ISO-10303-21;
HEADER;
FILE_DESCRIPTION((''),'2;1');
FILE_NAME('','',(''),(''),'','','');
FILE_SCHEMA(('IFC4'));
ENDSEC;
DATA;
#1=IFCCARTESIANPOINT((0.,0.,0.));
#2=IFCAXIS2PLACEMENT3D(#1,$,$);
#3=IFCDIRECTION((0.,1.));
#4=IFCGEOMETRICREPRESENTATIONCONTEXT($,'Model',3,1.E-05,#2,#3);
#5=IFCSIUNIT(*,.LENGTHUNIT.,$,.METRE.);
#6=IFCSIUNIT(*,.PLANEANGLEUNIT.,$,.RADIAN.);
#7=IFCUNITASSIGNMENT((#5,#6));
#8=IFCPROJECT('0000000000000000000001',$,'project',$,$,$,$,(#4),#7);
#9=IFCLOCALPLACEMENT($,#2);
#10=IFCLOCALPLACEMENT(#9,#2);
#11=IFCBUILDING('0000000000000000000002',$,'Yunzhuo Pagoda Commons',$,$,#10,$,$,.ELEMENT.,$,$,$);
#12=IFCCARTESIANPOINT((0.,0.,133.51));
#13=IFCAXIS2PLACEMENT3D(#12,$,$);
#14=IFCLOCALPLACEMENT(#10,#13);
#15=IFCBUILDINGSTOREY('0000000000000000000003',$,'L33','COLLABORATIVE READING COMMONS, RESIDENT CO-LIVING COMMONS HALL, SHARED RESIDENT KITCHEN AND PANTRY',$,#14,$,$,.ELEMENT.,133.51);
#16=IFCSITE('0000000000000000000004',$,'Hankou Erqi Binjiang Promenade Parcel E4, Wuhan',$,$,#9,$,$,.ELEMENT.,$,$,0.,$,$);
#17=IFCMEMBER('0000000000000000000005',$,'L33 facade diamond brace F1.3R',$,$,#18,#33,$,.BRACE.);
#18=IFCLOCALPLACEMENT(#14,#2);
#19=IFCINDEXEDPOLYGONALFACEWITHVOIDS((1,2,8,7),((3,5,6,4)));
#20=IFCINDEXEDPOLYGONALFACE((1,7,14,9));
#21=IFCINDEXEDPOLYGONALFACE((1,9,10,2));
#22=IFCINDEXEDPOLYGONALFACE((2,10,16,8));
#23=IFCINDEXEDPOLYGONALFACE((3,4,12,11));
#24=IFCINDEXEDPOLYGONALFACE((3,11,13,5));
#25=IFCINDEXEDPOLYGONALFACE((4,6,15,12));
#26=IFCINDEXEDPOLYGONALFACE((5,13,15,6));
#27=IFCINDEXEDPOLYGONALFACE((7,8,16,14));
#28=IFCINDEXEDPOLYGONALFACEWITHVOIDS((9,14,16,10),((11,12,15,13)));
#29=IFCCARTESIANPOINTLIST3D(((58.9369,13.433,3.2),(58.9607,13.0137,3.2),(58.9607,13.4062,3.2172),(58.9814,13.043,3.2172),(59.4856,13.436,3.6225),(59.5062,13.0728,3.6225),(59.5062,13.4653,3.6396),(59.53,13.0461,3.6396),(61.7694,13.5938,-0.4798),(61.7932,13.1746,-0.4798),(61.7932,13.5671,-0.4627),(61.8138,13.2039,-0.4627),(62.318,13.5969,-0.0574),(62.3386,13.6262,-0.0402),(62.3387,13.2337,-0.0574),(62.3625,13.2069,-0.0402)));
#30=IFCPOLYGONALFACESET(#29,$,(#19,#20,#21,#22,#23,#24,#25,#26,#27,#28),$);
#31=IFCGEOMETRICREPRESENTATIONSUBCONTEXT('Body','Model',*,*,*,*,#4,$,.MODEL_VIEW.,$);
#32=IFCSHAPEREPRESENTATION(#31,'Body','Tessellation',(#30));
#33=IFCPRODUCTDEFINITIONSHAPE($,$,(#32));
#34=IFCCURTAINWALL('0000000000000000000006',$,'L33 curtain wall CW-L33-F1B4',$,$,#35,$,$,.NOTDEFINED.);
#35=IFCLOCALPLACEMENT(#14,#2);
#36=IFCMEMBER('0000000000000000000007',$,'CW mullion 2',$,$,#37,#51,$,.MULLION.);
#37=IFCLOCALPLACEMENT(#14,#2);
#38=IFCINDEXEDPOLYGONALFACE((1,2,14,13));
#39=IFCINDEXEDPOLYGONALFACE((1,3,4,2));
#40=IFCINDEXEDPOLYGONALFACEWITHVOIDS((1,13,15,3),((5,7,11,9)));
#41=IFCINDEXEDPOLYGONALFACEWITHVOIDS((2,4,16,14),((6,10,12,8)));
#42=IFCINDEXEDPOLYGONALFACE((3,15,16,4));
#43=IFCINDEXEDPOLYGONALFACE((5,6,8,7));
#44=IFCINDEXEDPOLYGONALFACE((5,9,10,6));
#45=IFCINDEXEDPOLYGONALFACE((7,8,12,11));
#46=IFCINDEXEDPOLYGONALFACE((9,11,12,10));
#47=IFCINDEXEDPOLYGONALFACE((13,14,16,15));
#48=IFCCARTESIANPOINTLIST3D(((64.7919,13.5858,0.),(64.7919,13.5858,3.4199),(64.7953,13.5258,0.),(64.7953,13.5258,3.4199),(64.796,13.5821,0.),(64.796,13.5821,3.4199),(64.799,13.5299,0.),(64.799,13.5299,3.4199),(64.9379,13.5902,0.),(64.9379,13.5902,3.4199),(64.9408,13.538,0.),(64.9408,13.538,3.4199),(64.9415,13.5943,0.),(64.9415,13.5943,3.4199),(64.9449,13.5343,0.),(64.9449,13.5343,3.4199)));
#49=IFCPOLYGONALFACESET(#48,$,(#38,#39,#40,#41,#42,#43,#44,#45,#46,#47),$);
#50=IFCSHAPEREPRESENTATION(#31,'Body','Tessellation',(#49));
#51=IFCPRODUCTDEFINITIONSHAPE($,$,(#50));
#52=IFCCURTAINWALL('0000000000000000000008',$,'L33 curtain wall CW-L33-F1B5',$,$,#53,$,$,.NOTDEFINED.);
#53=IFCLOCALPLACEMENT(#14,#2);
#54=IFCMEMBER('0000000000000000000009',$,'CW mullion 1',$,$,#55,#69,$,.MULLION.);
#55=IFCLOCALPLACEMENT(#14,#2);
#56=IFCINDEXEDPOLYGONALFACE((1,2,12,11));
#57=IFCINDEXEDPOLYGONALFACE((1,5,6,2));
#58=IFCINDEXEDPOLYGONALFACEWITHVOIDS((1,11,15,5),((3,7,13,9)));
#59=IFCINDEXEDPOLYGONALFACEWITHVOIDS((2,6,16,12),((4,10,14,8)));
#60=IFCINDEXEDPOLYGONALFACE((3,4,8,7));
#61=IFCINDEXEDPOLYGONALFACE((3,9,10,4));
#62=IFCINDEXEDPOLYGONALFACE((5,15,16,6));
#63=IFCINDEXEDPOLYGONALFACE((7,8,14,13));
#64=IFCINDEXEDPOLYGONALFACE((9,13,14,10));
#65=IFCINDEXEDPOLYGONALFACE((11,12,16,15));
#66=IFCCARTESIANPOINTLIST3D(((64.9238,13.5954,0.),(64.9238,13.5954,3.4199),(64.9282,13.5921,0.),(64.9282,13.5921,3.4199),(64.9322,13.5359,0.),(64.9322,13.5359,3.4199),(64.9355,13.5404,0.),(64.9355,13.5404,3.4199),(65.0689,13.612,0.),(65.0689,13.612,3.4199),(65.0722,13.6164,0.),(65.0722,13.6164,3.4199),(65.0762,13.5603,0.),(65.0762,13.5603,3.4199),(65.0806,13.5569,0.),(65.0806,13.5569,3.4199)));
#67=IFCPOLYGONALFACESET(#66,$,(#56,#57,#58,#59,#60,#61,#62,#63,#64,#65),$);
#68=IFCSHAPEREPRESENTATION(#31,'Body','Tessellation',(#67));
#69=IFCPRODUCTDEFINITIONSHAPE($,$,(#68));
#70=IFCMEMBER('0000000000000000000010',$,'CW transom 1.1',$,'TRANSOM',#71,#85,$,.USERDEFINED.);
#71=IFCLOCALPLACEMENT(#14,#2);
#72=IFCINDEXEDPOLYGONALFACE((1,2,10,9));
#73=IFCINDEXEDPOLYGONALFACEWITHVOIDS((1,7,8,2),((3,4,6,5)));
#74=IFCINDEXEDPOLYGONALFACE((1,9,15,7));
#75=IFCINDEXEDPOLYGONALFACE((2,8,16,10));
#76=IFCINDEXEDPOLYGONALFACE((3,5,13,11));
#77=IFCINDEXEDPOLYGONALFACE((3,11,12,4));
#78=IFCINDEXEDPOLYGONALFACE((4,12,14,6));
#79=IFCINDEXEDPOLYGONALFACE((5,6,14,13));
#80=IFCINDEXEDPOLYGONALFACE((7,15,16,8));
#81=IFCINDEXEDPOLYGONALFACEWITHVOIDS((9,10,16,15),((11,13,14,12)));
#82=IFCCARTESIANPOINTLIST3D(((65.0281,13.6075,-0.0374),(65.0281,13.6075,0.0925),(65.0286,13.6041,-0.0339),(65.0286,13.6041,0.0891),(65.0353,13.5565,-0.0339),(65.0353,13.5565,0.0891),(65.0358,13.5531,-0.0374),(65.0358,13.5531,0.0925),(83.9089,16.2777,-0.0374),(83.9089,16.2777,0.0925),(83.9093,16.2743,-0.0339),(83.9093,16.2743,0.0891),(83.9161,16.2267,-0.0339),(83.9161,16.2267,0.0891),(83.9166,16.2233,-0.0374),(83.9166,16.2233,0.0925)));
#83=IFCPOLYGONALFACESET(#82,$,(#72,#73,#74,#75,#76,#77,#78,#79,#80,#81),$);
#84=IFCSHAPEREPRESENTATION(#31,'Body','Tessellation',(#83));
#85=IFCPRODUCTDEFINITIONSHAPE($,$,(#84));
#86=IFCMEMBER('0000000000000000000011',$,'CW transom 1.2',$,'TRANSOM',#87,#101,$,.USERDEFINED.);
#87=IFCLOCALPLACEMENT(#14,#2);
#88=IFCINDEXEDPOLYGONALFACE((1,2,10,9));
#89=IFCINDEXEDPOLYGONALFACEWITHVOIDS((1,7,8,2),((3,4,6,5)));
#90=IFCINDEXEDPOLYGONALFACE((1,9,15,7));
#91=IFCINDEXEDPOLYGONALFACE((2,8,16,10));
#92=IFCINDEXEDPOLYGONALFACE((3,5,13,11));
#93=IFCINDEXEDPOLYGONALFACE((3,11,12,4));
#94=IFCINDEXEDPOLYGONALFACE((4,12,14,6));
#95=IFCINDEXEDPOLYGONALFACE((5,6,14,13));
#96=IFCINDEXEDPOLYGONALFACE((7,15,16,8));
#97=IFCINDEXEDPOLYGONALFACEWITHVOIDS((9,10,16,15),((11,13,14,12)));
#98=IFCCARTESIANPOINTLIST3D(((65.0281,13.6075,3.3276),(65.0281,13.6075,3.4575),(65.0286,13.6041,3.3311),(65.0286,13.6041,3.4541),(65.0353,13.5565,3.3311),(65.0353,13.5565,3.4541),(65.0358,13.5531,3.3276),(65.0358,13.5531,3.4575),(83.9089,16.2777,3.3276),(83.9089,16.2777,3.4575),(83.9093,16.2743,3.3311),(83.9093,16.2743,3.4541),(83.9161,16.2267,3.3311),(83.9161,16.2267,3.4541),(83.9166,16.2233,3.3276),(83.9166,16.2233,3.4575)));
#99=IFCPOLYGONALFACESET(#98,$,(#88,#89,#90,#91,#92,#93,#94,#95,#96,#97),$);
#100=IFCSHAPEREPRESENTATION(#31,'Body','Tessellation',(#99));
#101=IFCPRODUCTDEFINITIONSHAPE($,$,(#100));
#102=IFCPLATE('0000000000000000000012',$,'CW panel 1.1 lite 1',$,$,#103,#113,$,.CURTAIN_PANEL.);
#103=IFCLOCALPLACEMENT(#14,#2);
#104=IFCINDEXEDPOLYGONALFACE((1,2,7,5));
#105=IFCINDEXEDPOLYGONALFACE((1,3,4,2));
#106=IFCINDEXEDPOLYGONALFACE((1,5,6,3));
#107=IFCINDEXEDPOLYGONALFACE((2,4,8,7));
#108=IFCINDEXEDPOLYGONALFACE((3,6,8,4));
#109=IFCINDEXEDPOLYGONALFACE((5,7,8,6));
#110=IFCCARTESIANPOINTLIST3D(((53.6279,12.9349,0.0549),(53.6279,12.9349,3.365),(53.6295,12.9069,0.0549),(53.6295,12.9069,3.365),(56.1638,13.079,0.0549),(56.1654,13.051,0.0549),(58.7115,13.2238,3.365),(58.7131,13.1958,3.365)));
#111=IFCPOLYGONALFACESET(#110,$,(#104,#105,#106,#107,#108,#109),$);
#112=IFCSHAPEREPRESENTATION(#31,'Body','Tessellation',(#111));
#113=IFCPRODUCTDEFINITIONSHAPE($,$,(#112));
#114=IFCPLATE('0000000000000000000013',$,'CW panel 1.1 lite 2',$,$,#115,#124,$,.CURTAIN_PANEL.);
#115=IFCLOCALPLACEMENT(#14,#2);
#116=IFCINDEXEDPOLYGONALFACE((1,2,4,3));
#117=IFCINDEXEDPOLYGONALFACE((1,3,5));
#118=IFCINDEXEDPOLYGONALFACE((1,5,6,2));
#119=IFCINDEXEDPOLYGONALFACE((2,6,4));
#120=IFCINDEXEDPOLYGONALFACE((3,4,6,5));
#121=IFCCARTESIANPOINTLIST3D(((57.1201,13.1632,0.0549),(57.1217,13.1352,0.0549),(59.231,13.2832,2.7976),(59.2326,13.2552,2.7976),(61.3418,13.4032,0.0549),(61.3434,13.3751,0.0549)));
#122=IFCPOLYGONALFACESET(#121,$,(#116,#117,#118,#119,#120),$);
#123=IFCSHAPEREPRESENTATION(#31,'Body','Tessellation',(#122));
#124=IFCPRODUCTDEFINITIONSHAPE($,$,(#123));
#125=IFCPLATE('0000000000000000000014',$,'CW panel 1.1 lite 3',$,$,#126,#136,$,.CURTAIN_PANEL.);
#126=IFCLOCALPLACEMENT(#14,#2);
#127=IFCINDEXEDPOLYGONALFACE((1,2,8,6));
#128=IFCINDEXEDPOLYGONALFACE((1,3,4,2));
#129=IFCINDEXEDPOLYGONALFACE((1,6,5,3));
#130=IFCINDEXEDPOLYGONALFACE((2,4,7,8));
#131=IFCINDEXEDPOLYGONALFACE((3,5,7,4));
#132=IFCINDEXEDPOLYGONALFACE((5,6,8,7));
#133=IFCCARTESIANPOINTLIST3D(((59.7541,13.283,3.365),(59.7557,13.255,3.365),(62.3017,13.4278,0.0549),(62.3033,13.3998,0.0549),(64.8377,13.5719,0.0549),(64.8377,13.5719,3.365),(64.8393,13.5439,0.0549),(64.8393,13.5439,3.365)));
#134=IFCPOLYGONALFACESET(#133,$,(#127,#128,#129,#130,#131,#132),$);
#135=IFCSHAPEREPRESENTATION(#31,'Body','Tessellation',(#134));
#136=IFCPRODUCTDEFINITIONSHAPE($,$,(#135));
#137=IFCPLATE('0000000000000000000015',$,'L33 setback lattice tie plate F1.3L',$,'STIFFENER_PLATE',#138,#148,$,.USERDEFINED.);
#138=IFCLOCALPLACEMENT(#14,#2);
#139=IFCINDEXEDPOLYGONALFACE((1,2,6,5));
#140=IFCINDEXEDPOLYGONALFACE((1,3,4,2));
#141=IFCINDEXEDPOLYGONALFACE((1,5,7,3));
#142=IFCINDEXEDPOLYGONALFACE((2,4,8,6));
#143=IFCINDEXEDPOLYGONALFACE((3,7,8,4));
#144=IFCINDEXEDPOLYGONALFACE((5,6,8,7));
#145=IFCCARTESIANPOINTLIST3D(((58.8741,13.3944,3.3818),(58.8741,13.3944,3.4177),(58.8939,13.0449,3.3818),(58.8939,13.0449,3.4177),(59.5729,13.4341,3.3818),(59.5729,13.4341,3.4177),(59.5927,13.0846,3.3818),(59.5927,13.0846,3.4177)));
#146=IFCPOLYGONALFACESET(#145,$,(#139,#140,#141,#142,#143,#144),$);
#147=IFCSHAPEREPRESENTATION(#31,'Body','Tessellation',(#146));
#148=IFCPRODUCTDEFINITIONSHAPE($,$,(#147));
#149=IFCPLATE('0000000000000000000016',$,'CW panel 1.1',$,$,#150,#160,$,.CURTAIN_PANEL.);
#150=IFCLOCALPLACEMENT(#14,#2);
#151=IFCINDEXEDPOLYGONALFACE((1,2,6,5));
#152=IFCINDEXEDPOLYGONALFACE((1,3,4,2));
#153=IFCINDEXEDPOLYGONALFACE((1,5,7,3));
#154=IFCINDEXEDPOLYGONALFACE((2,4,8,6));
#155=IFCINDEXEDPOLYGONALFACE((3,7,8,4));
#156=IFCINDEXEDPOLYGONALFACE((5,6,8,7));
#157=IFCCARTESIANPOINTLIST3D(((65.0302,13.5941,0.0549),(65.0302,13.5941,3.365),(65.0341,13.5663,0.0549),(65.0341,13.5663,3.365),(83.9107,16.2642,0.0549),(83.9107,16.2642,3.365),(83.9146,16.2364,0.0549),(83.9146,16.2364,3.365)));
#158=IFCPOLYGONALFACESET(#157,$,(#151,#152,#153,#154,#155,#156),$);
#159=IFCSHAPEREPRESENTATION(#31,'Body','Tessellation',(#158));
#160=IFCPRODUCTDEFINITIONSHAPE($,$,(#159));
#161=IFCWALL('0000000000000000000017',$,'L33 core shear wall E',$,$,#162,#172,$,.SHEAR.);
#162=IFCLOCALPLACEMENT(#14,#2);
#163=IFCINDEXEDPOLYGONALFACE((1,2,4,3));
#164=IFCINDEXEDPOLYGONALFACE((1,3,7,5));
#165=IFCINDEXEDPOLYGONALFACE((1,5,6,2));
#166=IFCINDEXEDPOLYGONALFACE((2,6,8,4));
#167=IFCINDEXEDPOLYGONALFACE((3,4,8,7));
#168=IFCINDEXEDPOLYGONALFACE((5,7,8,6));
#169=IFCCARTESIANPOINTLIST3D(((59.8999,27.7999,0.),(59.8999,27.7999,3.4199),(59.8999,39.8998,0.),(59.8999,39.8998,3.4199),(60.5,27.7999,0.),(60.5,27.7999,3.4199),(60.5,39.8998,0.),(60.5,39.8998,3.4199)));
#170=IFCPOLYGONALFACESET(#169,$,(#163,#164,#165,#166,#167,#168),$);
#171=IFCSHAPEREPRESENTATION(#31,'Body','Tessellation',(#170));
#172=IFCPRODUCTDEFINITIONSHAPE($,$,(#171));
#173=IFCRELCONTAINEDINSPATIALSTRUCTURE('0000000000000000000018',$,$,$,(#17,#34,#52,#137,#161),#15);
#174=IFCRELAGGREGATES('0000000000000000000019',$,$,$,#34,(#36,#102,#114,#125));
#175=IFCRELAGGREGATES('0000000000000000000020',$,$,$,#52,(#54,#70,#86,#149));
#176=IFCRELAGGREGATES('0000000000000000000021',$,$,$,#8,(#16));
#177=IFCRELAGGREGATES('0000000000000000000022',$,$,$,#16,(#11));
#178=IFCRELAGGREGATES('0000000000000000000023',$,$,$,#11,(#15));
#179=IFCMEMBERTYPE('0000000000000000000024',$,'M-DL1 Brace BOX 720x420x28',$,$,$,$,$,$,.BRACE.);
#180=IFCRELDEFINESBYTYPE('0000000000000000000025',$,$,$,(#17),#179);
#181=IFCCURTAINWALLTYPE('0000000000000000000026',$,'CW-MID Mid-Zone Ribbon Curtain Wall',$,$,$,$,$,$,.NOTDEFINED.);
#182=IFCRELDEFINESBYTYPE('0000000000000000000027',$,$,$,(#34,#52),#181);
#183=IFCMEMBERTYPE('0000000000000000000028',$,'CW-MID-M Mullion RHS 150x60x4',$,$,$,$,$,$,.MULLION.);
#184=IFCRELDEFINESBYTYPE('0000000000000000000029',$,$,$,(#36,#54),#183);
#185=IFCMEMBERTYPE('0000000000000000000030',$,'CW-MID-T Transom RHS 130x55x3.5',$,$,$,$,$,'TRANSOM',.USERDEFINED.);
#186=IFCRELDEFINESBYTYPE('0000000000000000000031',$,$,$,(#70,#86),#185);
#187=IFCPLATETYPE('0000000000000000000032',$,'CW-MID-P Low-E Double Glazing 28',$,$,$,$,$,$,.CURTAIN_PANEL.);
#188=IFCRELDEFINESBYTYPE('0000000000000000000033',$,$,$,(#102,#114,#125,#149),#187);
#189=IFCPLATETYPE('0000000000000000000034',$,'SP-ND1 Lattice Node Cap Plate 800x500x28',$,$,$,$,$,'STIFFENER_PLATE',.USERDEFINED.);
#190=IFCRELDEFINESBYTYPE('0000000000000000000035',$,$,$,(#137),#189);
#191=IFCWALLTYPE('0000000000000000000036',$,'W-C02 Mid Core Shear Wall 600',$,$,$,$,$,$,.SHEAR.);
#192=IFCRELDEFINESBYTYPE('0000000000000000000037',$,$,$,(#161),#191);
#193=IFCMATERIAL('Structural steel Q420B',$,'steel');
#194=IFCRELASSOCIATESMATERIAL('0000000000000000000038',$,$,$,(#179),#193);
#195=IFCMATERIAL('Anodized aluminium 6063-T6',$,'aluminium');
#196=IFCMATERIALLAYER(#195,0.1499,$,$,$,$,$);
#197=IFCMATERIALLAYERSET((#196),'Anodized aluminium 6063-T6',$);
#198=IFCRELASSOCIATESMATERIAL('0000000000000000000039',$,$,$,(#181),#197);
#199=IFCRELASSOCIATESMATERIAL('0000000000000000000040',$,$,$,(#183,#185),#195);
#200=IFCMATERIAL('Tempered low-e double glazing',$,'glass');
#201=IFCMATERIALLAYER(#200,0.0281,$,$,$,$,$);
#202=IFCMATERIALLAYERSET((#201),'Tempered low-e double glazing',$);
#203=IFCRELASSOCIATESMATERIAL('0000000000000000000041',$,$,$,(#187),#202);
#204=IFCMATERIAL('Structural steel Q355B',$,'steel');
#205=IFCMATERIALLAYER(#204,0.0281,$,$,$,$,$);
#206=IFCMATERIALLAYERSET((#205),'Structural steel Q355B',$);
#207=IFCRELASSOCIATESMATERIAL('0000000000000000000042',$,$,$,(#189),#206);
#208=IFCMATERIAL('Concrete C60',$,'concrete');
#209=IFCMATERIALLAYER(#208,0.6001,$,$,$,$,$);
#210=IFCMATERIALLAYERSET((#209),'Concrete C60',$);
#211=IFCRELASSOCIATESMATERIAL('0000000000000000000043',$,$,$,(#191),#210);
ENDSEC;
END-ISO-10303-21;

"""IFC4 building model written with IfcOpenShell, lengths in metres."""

from ifc_helpers import new_model, si_unit, direction, frame, frame_2d, origin, origin_2d, place, context, subcontext, project, spatial, polyline, rectangle, hollow_rectangle, outline, extrude, source, transform, mapped, material, layer, layer_set, material_profile, profile_set, type_object, element, aggregate, save


model = new_model("IFC4")

# Units and contexts
model_context = context("Model", 3, precision=1e-05, world=origin(), true_north=direction((0.0, 1.0)))
body_context = subcontext(model_context, "Body", "Model", "MODEL_VIEW")
ifc_project = project(units=[si_unit("LENGTHUNIT", "METRE"), si_unit("PLANEANGLEUNIT", "RADIAN")], contexts=[model_context])

# Site, building, storey
site_placement = place(None, origin())
site = spatial("IfcSite", under=ifc_project, at=site_placement, Name="Hankou Erqi Binjiang Promenade Parcel E4, Wuhan", CompositionType="ELEMENT", RefElevation=0.0)
building_placement = place(site_placement, origin())
building = spatial("IfcBuilding", under=site, at=building_placement, Name="Yunzhuo Pagoda Commons", CompositionType="ELEMENT")
storey_placement = place(building_placement, frame((0.0, 0.0, 133.51)))
storey = spatial("IfcBuildingStorey", under=building, at=storey_placement, Name="L33", Description="COLLABORATIVE READING COMMONS, RESIDENT CO-LIVING COMMONS HALL, SHARED RESIDENT KITCHEN AND PANTRY", CompositionType="ELEMENT", Elevation=133.51)

# Shared definitions
ifc_material_1 = material(Name="Structural steel Q420B", Category="steel")

# Shared definitions
ifc_material_2 = material(Name="Structural steel Q355B", Category="steel")

# Member
ifc_material_profile_1 = material_profile(ifc_material_1, hollow_rectangle(XDim=0.4199, YDim=0.72, WallThickness=0.0281, at=origin_2d()), Name="Structural steel Q420B")
ifc_profile_set_1 = profile_set([ifc_material_profile_1], Name="Structural steel Q420B")
member_type_1 = type_object("IfcMemberType", Name="M-DL1 Brace BOX 720x420x28", PredefinedType="BRACE", material=ifc_profile_set_1)
shared_shape_1 = source(origin(), body_context, "Body", "SweptSolid", [
    extrude(hollow_rectangle(XDim=0.4199, YDim=0.72, WallThickness=0.0281, at=origin_2d()), origin(), (0.0, 0.0, 1.0), 4.6465),
])
for number, where, z_axis, x_axis, name in (
    (1, (62.0659, 13.4004, -0.26), (-0.609589, -0.034625, 0.791961), (0.056709, -0.998391, 0.0), "L33 facade diamond brace F1.3R"),
):
    element("IfcMember", number, at=place(storey_placement, frame(where, z_axis=z_axis, x_axis=x_axis)), inside=storey, type_object=member_type_1, Name=name, PredefinedType="BRACE", context=body_context, shape_type="MappedRepresentation", body=[
        mapped(shared_shape_1, transform((0.0, 0.0, 0.0), scale=1.0)),
    ])

# Curtain wall, member
ifc_material_3 = material(Name="Anodized aluminium 6063-T6", Category="aluminium")
ifc_layer_1 = layer(ifc_material_3, 0.1499)
ifc_layer_set_1 = layer_set([ifc_layer_1], Name="Anodized aluminium 6063-T6")
curtain_wall_type = type_object("IfcCurtainWallType", Name="CW-MID Mid-Zone Ribbon Curtain Wall", PredefinedType="NOTDEFINED", material=ifc_layer_set_1)
curtain_wall_1_placement = place(storey_placement, origin())
curtain_wall_1 = element("IfcCurtainWall", 2, at=curtain_wall_1_placement, inside=storey, type_object=curtain_wall_type, Name="L33 curtain wall CW-L33-F1B4", PredefinedType="NOTDEFINED")
ifc_material_profile_2 = material_profile(ifc_material_3, hollow_rectangle(XDim=0.0601, YDim=0.1499, WallThickness=0.0039, at=origin_2d()), Name="Anodized aluminium 6063-T6")
ifc_profile_set_2 = profile_set([ifc_material_profile_2], Name="Anodized aluminium 6063-T6")
member_type_2 = type_object("IfcMemberType", Name="CW-MID-M Mullion RHS 150x60x4", PredefinedType="MULLION", material=ifc_profile_set_2)
shared_shape_2 = source(origin(), body_context, "Body", "SweptSolid", [
    extrude(hollow_rectangle(XDim=0.0601, YDim=0.1499, WallThickness=0.0039, at=origin_2d()), origin(), (0.0, 0.0, 1.0), 3.4199),
])
member_1_placement = place(storey_placement, frame((64.8684, 13.5601, 0.0), z_axis=(0.0, 0.0, 1.0), x_axis=(-0.056742, 0.998389, 0.0)))
member_1 = element("IfcMember", 3, at=member_1_placement, type_object=member_type_2, Name="CW mullion 2", PredefinedType="MULLION", context=body_context, shape_type="MappedRepresentation", body=[
    mapped(shared_shape_2, transform((0.0, 0.0, 0.0), scale=1.0)),
])

# Curtain wall, members
curtain_wall_2_placement = place(storey_placement, origin())
curtain_wall_2 = element("IfcCurtainWall", 4, at=curtain_wall_2_placement, inside=storey, type_object=curtain_wall_type, Name="L33 curtain wall CW-L33-F1B5", PredefinedType="NOTDEFINED")
member_2_placement = place(storey_placement, frame((65.0022, 13.5762, 0.0), z_axis=(0.0, 0.0, 1.0), x_axis=(-0.140027, 0.990148, 0.0)))
member_2 = element("IfcMember", 5, at=member_2_placement, type_object=member_type_2, Name="CW mullion 1", PredefinedType="MULLION", context=body_context, shape_type="MappedRepresentation", body=[
    mapped(shared_shape_2, transform((0.0, 0.0, 0.0), scale=1.0)),
])
ifc_material_profile_3 = material_profile(ifc_material_3, hollow_rectangle(XDim=0.0549, YDim=0.1299, WallThickness=0.0034, at=origin_2d()), Name="Anodized aluminium 6063-T6")
ifc_profile_set_3 = profile_set([ifc_material_profile_3], Name="Anodized aluminium 6063-T6")
member_type_3 = type_object("IfcMemberType", Name="CW-MID-T Transom RHS 130x55x3.5", ElementType="TRANSOM", PredefinedType="USERDEFINED", material=ifc_profile_set_3)
shared_shape_3 = source(origin(), body_context, "Body", "SweptSolid", [
    extrude(hollow_rectangle(XDim=0.0549, YDim=0.1299, WallThickness=0.0034, at=origin_2d()), origin(), (0.0, 0.0, 1.0), 19.0686),
])
member_3_placement = place(storey_placement, frame((65.032, 13.5803, 0.0276), z_axis=(0.990147, 0.14003, 0.0), x_axis=(-0.14003, 0.990147, 0.0)))
member_3 = element("IfcMember", 6, at=member_3_placement, type_object=member_type_3, Name="CW transom 1.1", ObjectType="TRANSOM", PredefinedType="USERDEFINED", context=body_context, shape_type="MappedRepresentation", body=[
    mapped(shared_shape_3, transform((0.0, 0.0, 0.0), scale=1.0)),
])
member_4_placement = place(storey_placement, frame((65.032, 13.5803, 3.3926), z_axis=(0.990147, 0.14003, 0.0), x_axis=(-0.14003, 0.990147, 0.0)))
member_4 = element("IfcMember", 7, at=member_4_placement, type_object=member_type_3, Name="CW transom 1.2", ObjectType="TRANSOM", PredefinedType="USERDEFINED", context=body_context, shape_type="MappedRepresentation", body=[
    mapped(shared_shape_3, transform((0.0, 0.0, 0.0), scale=1.0)),
])

# Plates
ifc_material_4 = material(Name="Tempered low-e double glazing", Category="glass")
ifc_layer_2 = layer(ifc_material_4, 0.0281)
ifc_layer_set_2 = layer_set([ifc_layer_2], Name="Tempered low-e double glazing")
plate_type_1 = type_object("IfcPlateType", Name="CW-MID-P Low-E Double Glazing 28", PredefinedType="CURTAIN_PANEL", material=ifc_layer_set_2)
plate_1_placement = place(storey_placement, frame((56.1697, 13.0793, 1.71), z_axis=(0.056742, -0.998389, 0.0), x_axis=(0.998389, 0.056742, 0.0)))
plate_1 = element("IfcPlate", 8, at=plate_1_placement, type_object=plate_type_1, Name="CW panel 1.1 lite 1", PredefinedType="CURTAIN_PANEL", context=body_context, shape_type="SweptSolid", body=[
    extrude(outline(polyline([(-2.5459, -1.655), (-0.0059, -1.655), (2.5459, 1.655), (-2.5459, 1.655), (-2.5459, -1.655)])), origin(), (0.0, 0.0, 1.0), 0.0281),
])
plate_2_placement = place(storey_placement, frame((59.231, 13.2832, 1.4263), z_axis=(0.056742, -0.998389, 0.0), x_axis=(0.998389, 0.056742, 0.0)))
plate_2 = element("IfcPlate", 9, at=plate_2_placement, type_object=plate_type_1, Name="CW panel 1.1 lite 2", PredefinedType="CURTAIN_PANEL", context=body_context, shape_type="SweptSolid", body=[
    extrude(outline(polyline([(-2.1143, -1.3713), (2.1143, -1.3713), (0.0, 1.3713), (-2.1143, -1.3713)])), origin(), (0.0, 0.0, 1.0), 0.0281),
])
plate_3_placement = place(storey_placement, frame((62.2959, 13.4275, 1.71), z_axis=(0.056742, -0.998389, 0.0), x_axis=(0.998389, 0.056742, 0.0)))
plate_3 = element("IfcPlate", 10, at=plate_3_placement, type_object=plate_type_1, Name="CW panel 1.1 lite 3", PredefinedType="CURTAIN_PANEL", context=body_context, shape_type="SweptSolid", body=[
    extrude(outline(polyline([(-2.5459, 1.655), (0.0059, -1.655), (2.5459, -1.655), (2.5459, 1.655), (-2.5459, 1.655)])), origin(), (0.0, 0.0, 1.0), 0.0281),
])
aggregate(curtain_wall_1, [member_1, plate_1, plate_2, plate_3])
ifc_layer_3 = layer(ifc_material_2, 0.0281)
ifc_layer_set_3 = layer_set([ifc_layer_3], Name="Structural steel Q355B")
plate_type_2 = type_object("IfcPlateType", Name="SP-ND1 Lattice Node Cap Plate 800x500x28", ElementType="STIFFENER_PLATE", PredefinedType="USERDEFINED", material=ifc_layer_set_3)
shared_shape_4 = source(origin(), body_context, "Body", "SweptSolid", [
    extrude(rectangle(XDim=0.7, YDim=0.3501, at=origin_2d()), origin(), (0.0, 0.0, 1.0), 0.0359),
])
plate_4_placement = place(storey_placement, frame((59.2334, 13.2395, 3.3818), z_axis=(0.0, 0.0, 1.0), x_axis=(0.998389, 0.056745, 0.0)))
element("IfcPlate", 11, at=plate_4_placement, inside=storey, type_object=plate_type_2, Name="L33 setback lattice tie plate F1.3L", ObjectType="STIFFENER_PLATE", PredefinedType="USERDEFINED", context=body_context, shape_type="MappedRepresentation", body=[
    mapped(shared_shape_4, transform((0.0, 0.0, 0.0), scale=1.0)),
])
shared_shape_5 = source(origin(), body_context, "Body", "SweptSolid", [
    extrude(rectangle(XDim=19.0684, YDim=0.0281, at=origin_2d()), origin(), (0.0, 0.0, 1.0), 3.3101),
])
plate_5_placement = place(storey_placement, frame((74.4724, 14.9153, 0.0549), z_axis=(0.0, 0.0, 1.0), x_axis=(0.990148, 0.140027, 0.0)))
plate_5 = element("IfcPlate", 12, at=plate_5_placement, type_object=plate_type_1, Name="CW panel 1.1", PredefinedType="CURTAIN_PANEL", context=body_context, shape_type="MappedRepresentation", body=[
    mapped(shared_shape_5, transform((0.0, 0.0, 0.0), scale=1.0)),
])
aggregate(curtain_wall_2, [member_2, member_3, member_4, plate_5])

# Wall
ifc_material_5 = material(Name="Concrete C60", Category="concrete")
ifc_layer_4 = layer(ifc_material_5, 0.6001)
ifc_layer_set_4 = layer_set([ifc_layer_4], Name="Concrete C60")
wall_type_1 = type_object("IfcWallType", Name="W-C02 Mid Core Shear Wall 600", PredefinedType="SHEAR", material=ifc_layer_set_4)
wall_1_placement = place(storey_placement, frame((60.2, 27.8, 0.0), z_axis=(0.0, 0.0, 1.0), x_axis=(0.0, 1.0, 0.0)))
element("IfcWall", 13, at=wall_1_placement, inside=storey, type_object=wall_type_1, Name="L33 core shear wall E", PredefinedType="SHEAR", context=body_context, shape_type="SweptSolid", body=[
    extrude(rectangle(XDim=12.0999, YDim=0.6001, at=frame_2d((6.0498, 0.0))), origin(), (0.0, 0.0, 1.0), 3.4199),
])

save(model, "model.ifc")
